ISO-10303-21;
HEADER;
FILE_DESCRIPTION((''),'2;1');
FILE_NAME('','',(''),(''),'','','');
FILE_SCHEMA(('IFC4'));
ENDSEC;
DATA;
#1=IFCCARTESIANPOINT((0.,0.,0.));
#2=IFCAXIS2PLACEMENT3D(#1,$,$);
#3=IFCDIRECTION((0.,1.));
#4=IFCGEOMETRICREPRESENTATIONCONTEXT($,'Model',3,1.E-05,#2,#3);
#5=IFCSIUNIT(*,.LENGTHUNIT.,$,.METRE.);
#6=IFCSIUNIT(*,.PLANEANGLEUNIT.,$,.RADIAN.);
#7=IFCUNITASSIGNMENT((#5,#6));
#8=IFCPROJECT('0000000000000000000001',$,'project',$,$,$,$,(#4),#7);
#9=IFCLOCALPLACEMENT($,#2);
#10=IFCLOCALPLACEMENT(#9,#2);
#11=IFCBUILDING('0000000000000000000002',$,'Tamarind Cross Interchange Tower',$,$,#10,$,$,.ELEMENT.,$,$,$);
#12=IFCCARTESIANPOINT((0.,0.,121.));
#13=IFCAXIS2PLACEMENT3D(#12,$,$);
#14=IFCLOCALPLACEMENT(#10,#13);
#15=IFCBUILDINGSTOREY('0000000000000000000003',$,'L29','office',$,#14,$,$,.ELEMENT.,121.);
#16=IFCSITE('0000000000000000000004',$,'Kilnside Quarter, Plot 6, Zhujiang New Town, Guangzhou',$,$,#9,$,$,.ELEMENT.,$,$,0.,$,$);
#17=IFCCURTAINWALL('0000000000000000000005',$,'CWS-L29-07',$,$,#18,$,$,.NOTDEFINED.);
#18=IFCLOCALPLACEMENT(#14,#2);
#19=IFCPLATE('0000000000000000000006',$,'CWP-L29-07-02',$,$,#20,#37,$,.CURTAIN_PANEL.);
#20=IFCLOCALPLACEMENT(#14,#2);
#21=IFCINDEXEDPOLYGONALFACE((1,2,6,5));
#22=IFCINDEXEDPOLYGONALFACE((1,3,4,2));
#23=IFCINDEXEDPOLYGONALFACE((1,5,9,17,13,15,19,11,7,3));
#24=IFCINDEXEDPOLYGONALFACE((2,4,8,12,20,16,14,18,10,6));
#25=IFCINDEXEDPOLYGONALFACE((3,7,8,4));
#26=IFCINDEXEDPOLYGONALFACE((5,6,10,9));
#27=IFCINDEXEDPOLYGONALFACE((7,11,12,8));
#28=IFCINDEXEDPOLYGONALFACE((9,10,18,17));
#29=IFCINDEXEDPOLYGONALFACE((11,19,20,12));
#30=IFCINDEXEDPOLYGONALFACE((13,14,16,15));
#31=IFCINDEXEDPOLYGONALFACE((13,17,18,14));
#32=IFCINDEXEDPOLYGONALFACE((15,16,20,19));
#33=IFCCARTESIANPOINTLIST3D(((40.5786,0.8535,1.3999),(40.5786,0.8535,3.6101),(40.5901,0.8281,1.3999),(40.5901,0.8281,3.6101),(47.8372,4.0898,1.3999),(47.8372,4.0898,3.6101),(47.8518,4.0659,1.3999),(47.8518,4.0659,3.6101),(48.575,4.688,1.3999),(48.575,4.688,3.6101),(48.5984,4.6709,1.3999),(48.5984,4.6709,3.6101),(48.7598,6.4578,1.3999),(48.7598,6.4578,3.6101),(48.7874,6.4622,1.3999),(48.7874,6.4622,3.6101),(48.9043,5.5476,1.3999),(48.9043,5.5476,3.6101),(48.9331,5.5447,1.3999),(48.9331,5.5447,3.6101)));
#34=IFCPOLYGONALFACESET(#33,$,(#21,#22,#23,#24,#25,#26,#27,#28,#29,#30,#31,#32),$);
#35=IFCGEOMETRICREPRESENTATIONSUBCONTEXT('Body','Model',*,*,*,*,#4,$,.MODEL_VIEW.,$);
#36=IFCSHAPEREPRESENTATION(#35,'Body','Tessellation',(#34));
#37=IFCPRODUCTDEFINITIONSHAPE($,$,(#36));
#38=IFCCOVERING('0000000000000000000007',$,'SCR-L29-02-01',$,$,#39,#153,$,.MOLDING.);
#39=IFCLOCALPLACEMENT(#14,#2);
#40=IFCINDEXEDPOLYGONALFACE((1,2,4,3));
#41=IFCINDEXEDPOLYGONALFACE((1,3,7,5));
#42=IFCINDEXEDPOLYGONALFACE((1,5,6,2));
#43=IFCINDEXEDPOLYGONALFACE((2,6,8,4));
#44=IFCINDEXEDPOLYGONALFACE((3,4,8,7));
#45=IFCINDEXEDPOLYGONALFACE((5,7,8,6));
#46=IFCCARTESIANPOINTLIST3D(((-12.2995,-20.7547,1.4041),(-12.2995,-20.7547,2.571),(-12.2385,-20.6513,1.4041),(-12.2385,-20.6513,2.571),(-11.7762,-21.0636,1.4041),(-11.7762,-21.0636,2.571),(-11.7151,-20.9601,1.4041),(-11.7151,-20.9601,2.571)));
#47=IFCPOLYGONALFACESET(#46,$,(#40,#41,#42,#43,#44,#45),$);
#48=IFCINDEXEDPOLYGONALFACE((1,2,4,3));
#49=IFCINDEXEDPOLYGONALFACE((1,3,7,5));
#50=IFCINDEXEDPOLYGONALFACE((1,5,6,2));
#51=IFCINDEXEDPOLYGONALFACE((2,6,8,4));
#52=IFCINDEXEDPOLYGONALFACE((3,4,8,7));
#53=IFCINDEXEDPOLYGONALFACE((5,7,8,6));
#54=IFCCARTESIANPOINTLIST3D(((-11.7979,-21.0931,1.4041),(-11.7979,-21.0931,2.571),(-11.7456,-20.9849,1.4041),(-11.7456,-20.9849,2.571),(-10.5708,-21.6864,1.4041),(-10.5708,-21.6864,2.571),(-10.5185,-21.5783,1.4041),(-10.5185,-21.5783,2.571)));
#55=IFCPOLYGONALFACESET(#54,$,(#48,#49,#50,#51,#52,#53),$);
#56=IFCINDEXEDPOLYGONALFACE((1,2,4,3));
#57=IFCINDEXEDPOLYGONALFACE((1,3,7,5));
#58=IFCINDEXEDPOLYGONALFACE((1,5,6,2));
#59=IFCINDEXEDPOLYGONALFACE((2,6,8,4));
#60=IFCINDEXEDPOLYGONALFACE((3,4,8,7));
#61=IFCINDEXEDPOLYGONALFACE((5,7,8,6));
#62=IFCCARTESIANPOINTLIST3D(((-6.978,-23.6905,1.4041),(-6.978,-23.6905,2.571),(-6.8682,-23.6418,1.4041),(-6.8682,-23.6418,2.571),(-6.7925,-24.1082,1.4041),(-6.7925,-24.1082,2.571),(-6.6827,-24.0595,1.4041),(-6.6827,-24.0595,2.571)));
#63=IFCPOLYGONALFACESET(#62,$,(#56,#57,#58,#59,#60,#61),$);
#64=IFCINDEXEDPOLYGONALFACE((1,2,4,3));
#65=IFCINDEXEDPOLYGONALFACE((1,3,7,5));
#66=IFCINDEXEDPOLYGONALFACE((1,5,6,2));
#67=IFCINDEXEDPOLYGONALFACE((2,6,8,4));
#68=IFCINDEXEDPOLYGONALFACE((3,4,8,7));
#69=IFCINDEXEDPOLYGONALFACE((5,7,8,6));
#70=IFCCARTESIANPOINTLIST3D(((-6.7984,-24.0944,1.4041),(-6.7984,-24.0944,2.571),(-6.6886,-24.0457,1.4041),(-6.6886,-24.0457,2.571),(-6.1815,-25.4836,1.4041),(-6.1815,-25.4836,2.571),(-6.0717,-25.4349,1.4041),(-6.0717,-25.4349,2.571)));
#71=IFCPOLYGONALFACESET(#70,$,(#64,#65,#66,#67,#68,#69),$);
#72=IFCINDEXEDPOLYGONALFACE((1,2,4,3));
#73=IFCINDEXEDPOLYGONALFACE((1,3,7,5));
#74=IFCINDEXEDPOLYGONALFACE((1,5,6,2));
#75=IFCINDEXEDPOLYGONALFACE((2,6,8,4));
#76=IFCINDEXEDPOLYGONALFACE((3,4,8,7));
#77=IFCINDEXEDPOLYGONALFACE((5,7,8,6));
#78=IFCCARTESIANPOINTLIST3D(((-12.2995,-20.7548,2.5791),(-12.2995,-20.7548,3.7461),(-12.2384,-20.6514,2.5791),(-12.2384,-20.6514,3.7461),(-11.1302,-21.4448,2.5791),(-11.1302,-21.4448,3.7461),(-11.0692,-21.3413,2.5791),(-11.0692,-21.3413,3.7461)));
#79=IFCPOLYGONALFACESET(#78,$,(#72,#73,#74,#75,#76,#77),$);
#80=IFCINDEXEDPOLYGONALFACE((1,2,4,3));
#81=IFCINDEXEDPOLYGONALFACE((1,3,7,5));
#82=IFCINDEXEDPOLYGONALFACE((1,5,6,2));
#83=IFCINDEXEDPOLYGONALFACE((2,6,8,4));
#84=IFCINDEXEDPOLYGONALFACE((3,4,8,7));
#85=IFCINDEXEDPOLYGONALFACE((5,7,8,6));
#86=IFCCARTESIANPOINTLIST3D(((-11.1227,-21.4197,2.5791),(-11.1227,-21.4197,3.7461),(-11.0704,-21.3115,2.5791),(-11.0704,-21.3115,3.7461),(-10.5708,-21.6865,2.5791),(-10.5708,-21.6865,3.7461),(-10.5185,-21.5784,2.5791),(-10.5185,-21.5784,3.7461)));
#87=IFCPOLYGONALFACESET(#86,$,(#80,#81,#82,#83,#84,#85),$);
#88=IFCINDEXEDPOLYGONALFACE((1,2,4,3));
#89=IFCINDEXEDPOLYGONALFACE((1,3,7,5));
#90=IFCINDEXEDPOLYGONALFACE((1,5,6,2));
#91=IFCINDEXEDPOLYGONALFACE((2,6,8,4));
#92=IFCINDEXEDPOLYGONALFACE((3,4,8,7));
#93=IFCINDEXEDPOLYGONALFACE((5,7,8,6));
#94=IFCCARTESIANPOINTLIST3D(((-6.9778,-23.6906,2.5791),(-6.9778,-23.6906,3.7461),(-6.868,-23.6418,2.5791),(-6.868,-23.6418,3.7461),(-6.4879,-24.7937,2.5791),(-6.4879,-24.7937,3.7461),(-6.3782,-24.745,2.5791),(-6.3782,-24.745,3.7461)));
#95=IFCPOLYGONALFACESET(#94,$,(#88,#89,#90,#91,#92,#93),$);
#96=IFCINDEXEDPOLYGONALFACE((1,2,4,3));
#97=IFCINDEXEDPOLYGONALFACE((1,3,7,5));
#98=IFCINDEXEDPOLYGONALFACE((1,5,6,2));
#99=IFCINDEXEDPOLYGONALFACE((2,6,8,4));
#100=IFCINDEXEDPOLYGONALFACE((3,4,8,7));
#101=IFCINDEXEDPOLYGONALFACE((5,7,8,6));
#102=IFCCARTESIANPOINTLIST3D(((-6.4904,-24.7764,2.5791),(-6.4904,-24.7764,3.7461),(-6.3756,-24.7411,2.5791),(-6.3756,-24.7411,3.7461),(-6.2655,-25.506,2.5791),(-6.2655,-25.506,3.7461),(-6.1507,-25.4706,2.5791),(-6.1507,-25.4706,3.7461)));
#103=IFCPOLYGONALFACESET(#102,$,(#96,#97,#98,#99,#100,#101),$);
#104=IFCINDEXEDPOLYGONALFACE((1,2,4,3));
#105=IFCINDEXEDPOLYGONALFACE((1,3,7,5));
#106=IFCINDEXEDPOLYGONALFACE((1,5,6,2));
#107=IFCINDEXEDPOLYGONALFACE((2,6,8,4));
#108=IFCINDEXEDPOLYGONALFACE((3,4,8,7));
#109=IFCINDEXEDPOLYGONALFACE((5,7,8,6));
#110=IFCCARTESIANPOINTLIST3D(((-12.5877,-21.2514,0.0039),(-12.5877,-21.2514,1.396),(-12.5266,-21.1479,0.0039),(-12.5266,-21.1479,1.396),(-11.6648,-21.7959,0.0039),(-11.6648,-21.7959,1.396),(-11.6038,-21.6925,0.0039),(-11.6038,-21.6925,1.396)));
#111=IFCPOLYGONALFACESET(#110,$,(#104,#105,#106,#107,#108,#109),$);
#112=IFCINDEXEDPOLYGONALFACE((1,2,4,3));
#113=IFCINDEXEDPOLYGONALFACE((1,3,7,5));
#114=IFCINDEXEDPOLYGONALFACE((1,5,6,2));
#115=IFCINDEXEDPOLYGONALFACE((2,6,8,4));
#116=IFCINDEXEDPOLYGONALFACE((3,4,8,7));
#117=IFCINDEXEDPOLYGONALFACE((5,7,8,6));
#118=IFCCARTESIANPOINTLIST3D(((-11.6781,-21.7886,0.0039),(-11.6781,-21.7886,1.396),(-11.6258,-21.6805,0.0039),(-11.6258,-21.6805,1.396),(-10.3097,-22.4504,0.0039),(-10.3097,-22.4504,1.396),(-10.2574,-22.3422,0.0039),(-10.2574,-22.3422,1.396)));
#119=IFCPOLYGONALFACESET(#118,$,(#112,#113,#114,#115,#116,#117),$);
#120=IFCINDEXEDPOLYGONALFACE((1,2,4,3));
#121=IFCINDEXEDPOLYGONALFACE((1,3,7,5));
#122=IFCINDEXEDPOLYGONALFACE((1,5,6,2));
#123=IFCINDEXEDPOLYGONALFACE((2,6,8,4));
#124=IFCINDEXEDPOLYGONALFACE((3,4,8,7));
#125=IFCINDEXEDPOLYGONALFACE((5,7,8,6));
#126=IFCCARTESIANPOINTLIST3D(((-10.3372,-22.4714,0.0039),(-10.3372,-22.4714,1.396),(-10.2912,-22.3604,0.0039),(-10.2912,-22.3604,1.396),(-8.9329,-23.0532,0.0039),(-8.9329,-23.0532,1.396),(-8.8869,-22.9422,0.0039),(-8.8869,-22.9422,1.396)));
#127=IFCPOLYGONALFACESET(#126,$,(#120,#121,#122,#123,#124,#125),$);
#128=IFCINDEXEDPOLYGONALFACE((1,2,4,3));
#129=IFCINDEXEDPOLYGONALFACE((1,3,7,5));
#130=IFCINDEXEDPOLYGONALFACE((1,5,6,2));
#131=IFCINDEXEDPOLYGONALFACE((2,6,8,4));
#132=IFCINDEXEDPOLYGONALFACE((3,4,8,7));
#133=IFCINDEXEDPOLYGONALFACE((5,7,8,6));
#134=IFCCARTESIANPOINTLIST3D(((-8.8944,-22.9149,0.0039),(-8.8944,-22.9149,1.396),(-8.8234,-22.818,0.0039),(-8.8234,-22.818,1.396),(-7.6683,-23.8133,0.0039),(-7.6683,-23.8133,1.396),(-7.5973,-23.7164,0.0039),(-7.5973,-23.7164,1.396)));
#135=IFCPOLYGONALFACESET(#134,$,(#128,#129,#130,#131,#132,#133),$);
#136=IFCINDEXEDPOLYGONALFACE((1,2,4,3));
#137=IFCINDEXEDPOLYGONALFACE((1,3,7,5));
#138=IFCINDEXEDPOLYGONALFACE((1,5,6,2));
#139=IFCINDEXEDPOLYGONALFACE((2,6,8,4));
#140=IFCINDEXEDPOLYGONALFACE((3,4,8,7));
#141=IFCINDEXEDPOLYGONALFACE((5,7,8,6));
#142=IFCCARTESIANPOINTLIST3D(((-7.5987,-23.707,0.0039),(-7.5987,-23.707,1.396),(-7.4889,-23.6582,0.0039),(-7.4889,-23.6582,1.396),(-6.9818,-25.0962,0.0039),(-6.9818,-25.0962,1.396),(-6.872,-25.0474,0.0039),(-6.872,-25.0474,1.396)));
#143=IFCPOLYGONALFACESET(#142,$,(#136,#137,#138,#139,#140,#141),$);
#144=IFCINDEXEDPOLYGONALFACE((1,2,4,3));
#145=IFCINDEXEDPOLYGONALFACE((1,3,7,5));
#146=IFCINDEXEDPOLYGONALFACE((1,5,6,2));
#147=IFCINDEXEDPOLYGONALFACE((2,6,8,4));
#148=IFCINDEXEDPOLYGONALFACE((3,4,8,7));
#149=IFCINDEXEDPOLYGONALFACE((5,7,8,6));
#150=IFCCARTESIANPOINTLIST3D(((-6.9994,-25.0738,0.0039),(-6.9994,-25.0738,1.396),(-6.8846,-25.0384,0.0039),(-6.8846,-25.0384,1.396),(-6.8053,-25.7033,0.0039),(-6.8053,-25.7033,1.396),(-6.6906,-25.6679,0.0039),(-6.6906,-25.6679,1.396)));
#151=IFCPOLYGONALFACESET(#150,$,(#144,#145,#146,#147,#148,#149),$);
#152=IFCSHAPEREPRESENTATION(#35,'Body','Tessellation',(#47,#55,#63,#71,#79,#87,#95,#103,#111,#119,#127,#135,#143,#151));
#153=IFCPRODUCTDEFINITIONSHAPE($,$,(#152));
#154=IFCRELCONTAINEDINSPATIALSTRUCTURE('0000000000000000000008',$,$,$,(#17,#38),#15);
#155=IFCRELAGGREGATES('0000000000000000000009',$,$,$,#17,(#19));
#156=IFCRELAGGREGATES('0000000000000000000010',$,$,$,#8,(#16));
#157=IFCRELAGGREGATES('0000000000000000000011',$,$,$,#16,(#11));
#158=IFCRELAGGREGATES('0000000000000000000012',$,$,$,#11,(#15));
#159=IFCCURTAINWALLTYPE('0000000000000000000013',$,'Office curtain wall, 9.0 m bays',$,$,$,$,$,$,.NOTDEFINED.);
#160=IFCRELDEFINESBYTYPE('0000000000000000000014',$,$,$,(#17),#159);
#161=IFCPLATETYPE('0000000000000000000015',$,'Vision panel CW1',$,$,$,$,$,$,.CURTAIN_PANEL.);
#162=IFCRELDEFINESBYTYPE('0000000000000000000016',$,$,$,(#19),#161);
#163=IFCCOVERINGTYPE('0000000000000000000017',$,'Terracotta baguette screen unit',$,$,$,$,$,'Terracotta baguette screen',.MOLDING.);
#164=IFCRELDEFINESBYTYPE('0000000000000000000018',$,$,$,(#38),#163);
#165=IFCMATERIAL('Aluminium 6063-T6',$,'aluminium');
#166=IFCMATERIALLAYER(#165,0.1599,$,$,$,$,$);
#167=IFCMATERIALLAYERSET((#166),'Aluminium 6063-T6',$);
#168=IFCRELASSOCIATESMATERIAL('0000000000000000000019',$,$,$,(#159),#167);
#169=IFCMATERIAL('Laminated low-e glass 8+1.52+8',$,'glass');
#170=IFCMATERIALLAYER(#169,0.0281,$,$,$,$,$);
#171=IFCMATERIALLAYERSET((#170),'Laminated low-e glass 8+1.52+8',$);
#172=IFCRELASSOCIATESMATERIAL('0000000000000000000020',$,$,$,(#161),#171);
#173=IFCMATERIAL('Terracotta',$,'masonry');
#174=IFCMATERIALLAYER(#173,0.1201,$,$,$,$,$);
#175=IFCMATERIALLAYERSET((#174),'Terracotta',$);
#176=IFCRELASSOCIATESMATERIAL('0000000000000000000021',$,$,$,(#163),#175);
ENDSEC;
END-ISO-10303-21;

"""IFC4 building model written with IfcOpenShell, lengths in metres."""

from ifc_helpers import new_model, si_unit, direction, frame, origin, origin_2d, place, context, subcontext, project, spatial, polyline, rectangle, outline, extrude, material, layer, layer_set, type_object, element, aggregate, save


model = new_model("IFC4")

# Units and contexts
model_context = context("Model", 3, precision=1e-05, world=origin(), true_north=direction((0.0, 1.0)))
body_context = subcontext(model_context, "Body", "Model", "MODEL_VIEW")
ifc_project = project(units=[si_unit("LENGTHUNIT", "METRE"), si_unit("PLANEANGLEUNIT", "RADIAN")], contexts=[model_context])

# Site, building, storey
site_placement = place(None, origin())
site = spatial("IfcSite", under=ifc_project, at=site_placement, Name="Kilnside Quarter, Plot 6, Zhujiang New Town, Guangzhou", CompositionType="ELEMENT", RefElevation=0.0)
building_placement = place(site_placement, origin())
building = spatial("IfcBuilding", under=site, at=building_placement, Name="Tamarind Cross Interchange Tower", CompositionType="ELEMENT")
storey_placement = place(building_placement, frame((0.0, 0.0, 121.0)))
storey = spatial("IfcBuildingStorey", under=building, at=storey_placement, Name="L29", Description="office", CompositionType="ELEMENT", Elevation=121.0)

# Curtain wall
ifc_material_1 = material(Name="Aluminium 6063-T6", Category="aluminium")
ifc_layer_1 = layer(ifc_material_1, 0.1599)
ifc_layer_set_1 = layer_set([ifc_layer_1], Name="Aluminium 6063-T6")
curtain_wall_type = type_object("IfcCurtainWallType", Name="Office curtain wall, 9.0 m bays", PredefinedType="NOTDEFINED", material=ifc_layer_set_1)
curtain_wall_1_placement = place(storey_placement, origin())
curtain_wall_1 = element("IfcCurtainWall", 1, at=curtain_wall_1_placement, inside=storey, type_object=curtain_wall_type, Name="CWS-L29-07", PredefinedType="NOTDEFINED")

# Plate
ifc_material_2 = material(Name="Laminated low-e glass 8+1.52+8", Category="glass")
ifc_layer_2 = layer(ifc_material_2, 0.0281)
ifc_layer_set_2 = layer_set([ifc_layer_2], Name="Laminated low-e glass 8+1.52+8")
plate_type = type_object("IfcPlateType", Name="Vision panel CW1", PredefinedType="CURTAIN_PANEL", material=ifc_layer_set_2)
plate_1_placement = place(storey_placement, frame((0.0, 0.0, 1.3999)))
plate_1 = element("IfcPlate", 2, at=plate_1_placement, type_object=plate_type, Name="CWP-L29-07-02", PredefinedType="CURTAIN_PANEL", context=body_context, shape_type="SweptSolid", body=[
    extrude(outline(polyline([(40.5786, 0.8535), (47.8372, 4.0898), (48.575, 4.688), (48.9043, 5.5476), (48.7598, 6.4578), (48.7874, 6.4622), (48.9331, 5.5447), (48.5984, 4.6709), (47.8518, 4.0659), (40.5901, 0.8281), (40.5786, 0.8535)])), origin(), (0.0, 0.0, 1.0), 2.2102),
])
aggregate(curtain_wall_1, [plate_1])

# Covering
ifc_material_3 = material(Name="Terracotta", Category="masonry")
ifc_layer_3 = layer(ifc_material_3, 0.1201)
ifc_layer_set_3 = layer_set([ifc_layer_3], Name="Terracotta")
covering_type = type_object("IfcCoveringType", Name="Terracotta baguette screen unit", ElementType="Terracotta baguette screen", PredefinedType="MOLDING", material=ifc_layer_set_3)
covering_1_placement = place(storey_placement, origin())
element("IfcCovering", 3, at=covering_1_placement, inside=storey, type_object=covering_type, Name="SCR-L29-02-01", PredefinedType="MOLDING", context=body_context, shape_type="SweptSolid", body=[
    extrude(rectangle(XDim=0.6077, YDim=0.1201, at=origin_2d()), frame((-12.0073, -20.8574, 1.4041), z_axis=(0.0, 0.0, 1.0), x_axis=(0.861249, -0.508183, 0.0)), (0.0, 0.0, 1.0), 1.167),
    extrude(rectangle(XDim=1.363, YDim=0.1201, at=origin_2d()), frame((-11.1582, -21.3357, 1.4041), z_axis=(0.0, 0.0, 1.0), x_axis=(0.900273, -0.435326, 0.0)), (0.0, 0.0, 1.0), 1.167),
    extrude(rectangle(XDim=0.457, YDim=0.1201, at=origin_2d()), frame((-6.8303, -23.875, 1.4041), z_axis=(0.0, 0.0, 1.0), x_axis=(0.405841, -0.913944, 0.0)), (0.0, 0.0, 1.0), 1.167),
    extrude(rectangle(XDim=1.52, YDim=0.1201, at=origin_2d()), frame((-6.4351, -24.7646, 1.4041), z_axis=(0.0, 0.0, 1.0), x_axis=(0.405841, -0.913944, 0.0)), (0.0, 0.0, 1.0), 1.167),
    extrude(rectangle(XDim=1.3577, YDim=0.1201, at=origin_2d()), frame((-11.6843, -21.0481, 2.5791), z_axis=(0.0, 0.0, 1.0), x_axis=(0.861249, -0.508183, 0.0)), (0.0, 0.0, 1.0), 1.167),
    extrude(rectangle(XDim=0.613, YDim=0.1201, at=origin_2d()), frame((-10.8206, -21.499, 2.5791), z_axis=(0.0, 0.0, 1.0), x_axis=(0.900273, -0.435326, 0.0)), (0.0, 0.0, 1.0), 1.167),
    extrude(rectangle(XDim=1.207, YDim=0.1201, at=origin_2d()), frame((-6.678, -24.2178, 2.5791), z_axis=(0.0, 0.0, 1.0), x_axis=(0.405841, -0.913944, 0.0)), (0.0, 0.0, 1.0), 1.167),
    extrude(rectangle(XDim=0.7634, YDim=0.1201, at=origin_2d()), frame((-6.3206, -25.1235, 2.5791), z_axis=(0.0, 0.0, 1.0), x_axis=(0.294573, -0.955629, 0.0)), (0.0, 0.0, 1.0), 1.167),
    extrude(rectangle(XDim=1.0715, YDim=0.1201, at=origin_2d()), frame((-12.0957, -21.4719, 0.0039), z_axis=(0.0, 0.0, 1.0), x_axis=(0.861249, -0.508183, 0.0)), (0.0, 0.0, 1.0), 1.3921),
    extrude(rectangle(XDim=1.52, YDim=0.1201, at=origin_2d()), frame((-10.9678, -22.0654, 0.0039), z_axis=(0.0, 0.0, 1.0), x_axis=(0.900273, -0.435326, 0.0)), (0.0, 0.0, 1.0), 1.3921),
    extrude(rectangle(XDim=1.52, YDim=0.1201, at=origin_2d()), frame((-9.6121, -22.7068, 0.0039), z_axis=(0.0, 0.0, 1.0), x_axis=(0.923842, -0.382773, 0.0)), (0.0, 0.0, 1.0), 1.3921),
    extrude(rectangle(XDim=1.52, YDim=0.1201, at=origin_2d()), frame((-8.2458, -23.3157, 0.0039), z_axis=(0.0, 0.0, 1.0), x_axis=(0.806659, -0.591017, 0.0)), (0.0, 0.0, 1.0), 1.3921),
    extrude(rectangle(XDim=1.52, YDim=0.1201, at=origin_2d()), frame((-7.2354, -24.3772, 0.0039), z_axis=(0.0, 0.0, 1.0), x_axis=(0.405841, -0.913944, 0.0)), (0.0, 0.0, 1.0), 1.3921),
    extrude(rectangle(XDim=0.6587, YDim=0.1201, at=origin_2d()), frame((-6.845, -25.3708, 0.0039), z_axis=(0.0, 0.0, 1.0), x_axis=(0.294573, -0.955629, 0.0)), (0.0, 0.0, 1.0), 1.3921),
])

save(model, "model.ifc")
